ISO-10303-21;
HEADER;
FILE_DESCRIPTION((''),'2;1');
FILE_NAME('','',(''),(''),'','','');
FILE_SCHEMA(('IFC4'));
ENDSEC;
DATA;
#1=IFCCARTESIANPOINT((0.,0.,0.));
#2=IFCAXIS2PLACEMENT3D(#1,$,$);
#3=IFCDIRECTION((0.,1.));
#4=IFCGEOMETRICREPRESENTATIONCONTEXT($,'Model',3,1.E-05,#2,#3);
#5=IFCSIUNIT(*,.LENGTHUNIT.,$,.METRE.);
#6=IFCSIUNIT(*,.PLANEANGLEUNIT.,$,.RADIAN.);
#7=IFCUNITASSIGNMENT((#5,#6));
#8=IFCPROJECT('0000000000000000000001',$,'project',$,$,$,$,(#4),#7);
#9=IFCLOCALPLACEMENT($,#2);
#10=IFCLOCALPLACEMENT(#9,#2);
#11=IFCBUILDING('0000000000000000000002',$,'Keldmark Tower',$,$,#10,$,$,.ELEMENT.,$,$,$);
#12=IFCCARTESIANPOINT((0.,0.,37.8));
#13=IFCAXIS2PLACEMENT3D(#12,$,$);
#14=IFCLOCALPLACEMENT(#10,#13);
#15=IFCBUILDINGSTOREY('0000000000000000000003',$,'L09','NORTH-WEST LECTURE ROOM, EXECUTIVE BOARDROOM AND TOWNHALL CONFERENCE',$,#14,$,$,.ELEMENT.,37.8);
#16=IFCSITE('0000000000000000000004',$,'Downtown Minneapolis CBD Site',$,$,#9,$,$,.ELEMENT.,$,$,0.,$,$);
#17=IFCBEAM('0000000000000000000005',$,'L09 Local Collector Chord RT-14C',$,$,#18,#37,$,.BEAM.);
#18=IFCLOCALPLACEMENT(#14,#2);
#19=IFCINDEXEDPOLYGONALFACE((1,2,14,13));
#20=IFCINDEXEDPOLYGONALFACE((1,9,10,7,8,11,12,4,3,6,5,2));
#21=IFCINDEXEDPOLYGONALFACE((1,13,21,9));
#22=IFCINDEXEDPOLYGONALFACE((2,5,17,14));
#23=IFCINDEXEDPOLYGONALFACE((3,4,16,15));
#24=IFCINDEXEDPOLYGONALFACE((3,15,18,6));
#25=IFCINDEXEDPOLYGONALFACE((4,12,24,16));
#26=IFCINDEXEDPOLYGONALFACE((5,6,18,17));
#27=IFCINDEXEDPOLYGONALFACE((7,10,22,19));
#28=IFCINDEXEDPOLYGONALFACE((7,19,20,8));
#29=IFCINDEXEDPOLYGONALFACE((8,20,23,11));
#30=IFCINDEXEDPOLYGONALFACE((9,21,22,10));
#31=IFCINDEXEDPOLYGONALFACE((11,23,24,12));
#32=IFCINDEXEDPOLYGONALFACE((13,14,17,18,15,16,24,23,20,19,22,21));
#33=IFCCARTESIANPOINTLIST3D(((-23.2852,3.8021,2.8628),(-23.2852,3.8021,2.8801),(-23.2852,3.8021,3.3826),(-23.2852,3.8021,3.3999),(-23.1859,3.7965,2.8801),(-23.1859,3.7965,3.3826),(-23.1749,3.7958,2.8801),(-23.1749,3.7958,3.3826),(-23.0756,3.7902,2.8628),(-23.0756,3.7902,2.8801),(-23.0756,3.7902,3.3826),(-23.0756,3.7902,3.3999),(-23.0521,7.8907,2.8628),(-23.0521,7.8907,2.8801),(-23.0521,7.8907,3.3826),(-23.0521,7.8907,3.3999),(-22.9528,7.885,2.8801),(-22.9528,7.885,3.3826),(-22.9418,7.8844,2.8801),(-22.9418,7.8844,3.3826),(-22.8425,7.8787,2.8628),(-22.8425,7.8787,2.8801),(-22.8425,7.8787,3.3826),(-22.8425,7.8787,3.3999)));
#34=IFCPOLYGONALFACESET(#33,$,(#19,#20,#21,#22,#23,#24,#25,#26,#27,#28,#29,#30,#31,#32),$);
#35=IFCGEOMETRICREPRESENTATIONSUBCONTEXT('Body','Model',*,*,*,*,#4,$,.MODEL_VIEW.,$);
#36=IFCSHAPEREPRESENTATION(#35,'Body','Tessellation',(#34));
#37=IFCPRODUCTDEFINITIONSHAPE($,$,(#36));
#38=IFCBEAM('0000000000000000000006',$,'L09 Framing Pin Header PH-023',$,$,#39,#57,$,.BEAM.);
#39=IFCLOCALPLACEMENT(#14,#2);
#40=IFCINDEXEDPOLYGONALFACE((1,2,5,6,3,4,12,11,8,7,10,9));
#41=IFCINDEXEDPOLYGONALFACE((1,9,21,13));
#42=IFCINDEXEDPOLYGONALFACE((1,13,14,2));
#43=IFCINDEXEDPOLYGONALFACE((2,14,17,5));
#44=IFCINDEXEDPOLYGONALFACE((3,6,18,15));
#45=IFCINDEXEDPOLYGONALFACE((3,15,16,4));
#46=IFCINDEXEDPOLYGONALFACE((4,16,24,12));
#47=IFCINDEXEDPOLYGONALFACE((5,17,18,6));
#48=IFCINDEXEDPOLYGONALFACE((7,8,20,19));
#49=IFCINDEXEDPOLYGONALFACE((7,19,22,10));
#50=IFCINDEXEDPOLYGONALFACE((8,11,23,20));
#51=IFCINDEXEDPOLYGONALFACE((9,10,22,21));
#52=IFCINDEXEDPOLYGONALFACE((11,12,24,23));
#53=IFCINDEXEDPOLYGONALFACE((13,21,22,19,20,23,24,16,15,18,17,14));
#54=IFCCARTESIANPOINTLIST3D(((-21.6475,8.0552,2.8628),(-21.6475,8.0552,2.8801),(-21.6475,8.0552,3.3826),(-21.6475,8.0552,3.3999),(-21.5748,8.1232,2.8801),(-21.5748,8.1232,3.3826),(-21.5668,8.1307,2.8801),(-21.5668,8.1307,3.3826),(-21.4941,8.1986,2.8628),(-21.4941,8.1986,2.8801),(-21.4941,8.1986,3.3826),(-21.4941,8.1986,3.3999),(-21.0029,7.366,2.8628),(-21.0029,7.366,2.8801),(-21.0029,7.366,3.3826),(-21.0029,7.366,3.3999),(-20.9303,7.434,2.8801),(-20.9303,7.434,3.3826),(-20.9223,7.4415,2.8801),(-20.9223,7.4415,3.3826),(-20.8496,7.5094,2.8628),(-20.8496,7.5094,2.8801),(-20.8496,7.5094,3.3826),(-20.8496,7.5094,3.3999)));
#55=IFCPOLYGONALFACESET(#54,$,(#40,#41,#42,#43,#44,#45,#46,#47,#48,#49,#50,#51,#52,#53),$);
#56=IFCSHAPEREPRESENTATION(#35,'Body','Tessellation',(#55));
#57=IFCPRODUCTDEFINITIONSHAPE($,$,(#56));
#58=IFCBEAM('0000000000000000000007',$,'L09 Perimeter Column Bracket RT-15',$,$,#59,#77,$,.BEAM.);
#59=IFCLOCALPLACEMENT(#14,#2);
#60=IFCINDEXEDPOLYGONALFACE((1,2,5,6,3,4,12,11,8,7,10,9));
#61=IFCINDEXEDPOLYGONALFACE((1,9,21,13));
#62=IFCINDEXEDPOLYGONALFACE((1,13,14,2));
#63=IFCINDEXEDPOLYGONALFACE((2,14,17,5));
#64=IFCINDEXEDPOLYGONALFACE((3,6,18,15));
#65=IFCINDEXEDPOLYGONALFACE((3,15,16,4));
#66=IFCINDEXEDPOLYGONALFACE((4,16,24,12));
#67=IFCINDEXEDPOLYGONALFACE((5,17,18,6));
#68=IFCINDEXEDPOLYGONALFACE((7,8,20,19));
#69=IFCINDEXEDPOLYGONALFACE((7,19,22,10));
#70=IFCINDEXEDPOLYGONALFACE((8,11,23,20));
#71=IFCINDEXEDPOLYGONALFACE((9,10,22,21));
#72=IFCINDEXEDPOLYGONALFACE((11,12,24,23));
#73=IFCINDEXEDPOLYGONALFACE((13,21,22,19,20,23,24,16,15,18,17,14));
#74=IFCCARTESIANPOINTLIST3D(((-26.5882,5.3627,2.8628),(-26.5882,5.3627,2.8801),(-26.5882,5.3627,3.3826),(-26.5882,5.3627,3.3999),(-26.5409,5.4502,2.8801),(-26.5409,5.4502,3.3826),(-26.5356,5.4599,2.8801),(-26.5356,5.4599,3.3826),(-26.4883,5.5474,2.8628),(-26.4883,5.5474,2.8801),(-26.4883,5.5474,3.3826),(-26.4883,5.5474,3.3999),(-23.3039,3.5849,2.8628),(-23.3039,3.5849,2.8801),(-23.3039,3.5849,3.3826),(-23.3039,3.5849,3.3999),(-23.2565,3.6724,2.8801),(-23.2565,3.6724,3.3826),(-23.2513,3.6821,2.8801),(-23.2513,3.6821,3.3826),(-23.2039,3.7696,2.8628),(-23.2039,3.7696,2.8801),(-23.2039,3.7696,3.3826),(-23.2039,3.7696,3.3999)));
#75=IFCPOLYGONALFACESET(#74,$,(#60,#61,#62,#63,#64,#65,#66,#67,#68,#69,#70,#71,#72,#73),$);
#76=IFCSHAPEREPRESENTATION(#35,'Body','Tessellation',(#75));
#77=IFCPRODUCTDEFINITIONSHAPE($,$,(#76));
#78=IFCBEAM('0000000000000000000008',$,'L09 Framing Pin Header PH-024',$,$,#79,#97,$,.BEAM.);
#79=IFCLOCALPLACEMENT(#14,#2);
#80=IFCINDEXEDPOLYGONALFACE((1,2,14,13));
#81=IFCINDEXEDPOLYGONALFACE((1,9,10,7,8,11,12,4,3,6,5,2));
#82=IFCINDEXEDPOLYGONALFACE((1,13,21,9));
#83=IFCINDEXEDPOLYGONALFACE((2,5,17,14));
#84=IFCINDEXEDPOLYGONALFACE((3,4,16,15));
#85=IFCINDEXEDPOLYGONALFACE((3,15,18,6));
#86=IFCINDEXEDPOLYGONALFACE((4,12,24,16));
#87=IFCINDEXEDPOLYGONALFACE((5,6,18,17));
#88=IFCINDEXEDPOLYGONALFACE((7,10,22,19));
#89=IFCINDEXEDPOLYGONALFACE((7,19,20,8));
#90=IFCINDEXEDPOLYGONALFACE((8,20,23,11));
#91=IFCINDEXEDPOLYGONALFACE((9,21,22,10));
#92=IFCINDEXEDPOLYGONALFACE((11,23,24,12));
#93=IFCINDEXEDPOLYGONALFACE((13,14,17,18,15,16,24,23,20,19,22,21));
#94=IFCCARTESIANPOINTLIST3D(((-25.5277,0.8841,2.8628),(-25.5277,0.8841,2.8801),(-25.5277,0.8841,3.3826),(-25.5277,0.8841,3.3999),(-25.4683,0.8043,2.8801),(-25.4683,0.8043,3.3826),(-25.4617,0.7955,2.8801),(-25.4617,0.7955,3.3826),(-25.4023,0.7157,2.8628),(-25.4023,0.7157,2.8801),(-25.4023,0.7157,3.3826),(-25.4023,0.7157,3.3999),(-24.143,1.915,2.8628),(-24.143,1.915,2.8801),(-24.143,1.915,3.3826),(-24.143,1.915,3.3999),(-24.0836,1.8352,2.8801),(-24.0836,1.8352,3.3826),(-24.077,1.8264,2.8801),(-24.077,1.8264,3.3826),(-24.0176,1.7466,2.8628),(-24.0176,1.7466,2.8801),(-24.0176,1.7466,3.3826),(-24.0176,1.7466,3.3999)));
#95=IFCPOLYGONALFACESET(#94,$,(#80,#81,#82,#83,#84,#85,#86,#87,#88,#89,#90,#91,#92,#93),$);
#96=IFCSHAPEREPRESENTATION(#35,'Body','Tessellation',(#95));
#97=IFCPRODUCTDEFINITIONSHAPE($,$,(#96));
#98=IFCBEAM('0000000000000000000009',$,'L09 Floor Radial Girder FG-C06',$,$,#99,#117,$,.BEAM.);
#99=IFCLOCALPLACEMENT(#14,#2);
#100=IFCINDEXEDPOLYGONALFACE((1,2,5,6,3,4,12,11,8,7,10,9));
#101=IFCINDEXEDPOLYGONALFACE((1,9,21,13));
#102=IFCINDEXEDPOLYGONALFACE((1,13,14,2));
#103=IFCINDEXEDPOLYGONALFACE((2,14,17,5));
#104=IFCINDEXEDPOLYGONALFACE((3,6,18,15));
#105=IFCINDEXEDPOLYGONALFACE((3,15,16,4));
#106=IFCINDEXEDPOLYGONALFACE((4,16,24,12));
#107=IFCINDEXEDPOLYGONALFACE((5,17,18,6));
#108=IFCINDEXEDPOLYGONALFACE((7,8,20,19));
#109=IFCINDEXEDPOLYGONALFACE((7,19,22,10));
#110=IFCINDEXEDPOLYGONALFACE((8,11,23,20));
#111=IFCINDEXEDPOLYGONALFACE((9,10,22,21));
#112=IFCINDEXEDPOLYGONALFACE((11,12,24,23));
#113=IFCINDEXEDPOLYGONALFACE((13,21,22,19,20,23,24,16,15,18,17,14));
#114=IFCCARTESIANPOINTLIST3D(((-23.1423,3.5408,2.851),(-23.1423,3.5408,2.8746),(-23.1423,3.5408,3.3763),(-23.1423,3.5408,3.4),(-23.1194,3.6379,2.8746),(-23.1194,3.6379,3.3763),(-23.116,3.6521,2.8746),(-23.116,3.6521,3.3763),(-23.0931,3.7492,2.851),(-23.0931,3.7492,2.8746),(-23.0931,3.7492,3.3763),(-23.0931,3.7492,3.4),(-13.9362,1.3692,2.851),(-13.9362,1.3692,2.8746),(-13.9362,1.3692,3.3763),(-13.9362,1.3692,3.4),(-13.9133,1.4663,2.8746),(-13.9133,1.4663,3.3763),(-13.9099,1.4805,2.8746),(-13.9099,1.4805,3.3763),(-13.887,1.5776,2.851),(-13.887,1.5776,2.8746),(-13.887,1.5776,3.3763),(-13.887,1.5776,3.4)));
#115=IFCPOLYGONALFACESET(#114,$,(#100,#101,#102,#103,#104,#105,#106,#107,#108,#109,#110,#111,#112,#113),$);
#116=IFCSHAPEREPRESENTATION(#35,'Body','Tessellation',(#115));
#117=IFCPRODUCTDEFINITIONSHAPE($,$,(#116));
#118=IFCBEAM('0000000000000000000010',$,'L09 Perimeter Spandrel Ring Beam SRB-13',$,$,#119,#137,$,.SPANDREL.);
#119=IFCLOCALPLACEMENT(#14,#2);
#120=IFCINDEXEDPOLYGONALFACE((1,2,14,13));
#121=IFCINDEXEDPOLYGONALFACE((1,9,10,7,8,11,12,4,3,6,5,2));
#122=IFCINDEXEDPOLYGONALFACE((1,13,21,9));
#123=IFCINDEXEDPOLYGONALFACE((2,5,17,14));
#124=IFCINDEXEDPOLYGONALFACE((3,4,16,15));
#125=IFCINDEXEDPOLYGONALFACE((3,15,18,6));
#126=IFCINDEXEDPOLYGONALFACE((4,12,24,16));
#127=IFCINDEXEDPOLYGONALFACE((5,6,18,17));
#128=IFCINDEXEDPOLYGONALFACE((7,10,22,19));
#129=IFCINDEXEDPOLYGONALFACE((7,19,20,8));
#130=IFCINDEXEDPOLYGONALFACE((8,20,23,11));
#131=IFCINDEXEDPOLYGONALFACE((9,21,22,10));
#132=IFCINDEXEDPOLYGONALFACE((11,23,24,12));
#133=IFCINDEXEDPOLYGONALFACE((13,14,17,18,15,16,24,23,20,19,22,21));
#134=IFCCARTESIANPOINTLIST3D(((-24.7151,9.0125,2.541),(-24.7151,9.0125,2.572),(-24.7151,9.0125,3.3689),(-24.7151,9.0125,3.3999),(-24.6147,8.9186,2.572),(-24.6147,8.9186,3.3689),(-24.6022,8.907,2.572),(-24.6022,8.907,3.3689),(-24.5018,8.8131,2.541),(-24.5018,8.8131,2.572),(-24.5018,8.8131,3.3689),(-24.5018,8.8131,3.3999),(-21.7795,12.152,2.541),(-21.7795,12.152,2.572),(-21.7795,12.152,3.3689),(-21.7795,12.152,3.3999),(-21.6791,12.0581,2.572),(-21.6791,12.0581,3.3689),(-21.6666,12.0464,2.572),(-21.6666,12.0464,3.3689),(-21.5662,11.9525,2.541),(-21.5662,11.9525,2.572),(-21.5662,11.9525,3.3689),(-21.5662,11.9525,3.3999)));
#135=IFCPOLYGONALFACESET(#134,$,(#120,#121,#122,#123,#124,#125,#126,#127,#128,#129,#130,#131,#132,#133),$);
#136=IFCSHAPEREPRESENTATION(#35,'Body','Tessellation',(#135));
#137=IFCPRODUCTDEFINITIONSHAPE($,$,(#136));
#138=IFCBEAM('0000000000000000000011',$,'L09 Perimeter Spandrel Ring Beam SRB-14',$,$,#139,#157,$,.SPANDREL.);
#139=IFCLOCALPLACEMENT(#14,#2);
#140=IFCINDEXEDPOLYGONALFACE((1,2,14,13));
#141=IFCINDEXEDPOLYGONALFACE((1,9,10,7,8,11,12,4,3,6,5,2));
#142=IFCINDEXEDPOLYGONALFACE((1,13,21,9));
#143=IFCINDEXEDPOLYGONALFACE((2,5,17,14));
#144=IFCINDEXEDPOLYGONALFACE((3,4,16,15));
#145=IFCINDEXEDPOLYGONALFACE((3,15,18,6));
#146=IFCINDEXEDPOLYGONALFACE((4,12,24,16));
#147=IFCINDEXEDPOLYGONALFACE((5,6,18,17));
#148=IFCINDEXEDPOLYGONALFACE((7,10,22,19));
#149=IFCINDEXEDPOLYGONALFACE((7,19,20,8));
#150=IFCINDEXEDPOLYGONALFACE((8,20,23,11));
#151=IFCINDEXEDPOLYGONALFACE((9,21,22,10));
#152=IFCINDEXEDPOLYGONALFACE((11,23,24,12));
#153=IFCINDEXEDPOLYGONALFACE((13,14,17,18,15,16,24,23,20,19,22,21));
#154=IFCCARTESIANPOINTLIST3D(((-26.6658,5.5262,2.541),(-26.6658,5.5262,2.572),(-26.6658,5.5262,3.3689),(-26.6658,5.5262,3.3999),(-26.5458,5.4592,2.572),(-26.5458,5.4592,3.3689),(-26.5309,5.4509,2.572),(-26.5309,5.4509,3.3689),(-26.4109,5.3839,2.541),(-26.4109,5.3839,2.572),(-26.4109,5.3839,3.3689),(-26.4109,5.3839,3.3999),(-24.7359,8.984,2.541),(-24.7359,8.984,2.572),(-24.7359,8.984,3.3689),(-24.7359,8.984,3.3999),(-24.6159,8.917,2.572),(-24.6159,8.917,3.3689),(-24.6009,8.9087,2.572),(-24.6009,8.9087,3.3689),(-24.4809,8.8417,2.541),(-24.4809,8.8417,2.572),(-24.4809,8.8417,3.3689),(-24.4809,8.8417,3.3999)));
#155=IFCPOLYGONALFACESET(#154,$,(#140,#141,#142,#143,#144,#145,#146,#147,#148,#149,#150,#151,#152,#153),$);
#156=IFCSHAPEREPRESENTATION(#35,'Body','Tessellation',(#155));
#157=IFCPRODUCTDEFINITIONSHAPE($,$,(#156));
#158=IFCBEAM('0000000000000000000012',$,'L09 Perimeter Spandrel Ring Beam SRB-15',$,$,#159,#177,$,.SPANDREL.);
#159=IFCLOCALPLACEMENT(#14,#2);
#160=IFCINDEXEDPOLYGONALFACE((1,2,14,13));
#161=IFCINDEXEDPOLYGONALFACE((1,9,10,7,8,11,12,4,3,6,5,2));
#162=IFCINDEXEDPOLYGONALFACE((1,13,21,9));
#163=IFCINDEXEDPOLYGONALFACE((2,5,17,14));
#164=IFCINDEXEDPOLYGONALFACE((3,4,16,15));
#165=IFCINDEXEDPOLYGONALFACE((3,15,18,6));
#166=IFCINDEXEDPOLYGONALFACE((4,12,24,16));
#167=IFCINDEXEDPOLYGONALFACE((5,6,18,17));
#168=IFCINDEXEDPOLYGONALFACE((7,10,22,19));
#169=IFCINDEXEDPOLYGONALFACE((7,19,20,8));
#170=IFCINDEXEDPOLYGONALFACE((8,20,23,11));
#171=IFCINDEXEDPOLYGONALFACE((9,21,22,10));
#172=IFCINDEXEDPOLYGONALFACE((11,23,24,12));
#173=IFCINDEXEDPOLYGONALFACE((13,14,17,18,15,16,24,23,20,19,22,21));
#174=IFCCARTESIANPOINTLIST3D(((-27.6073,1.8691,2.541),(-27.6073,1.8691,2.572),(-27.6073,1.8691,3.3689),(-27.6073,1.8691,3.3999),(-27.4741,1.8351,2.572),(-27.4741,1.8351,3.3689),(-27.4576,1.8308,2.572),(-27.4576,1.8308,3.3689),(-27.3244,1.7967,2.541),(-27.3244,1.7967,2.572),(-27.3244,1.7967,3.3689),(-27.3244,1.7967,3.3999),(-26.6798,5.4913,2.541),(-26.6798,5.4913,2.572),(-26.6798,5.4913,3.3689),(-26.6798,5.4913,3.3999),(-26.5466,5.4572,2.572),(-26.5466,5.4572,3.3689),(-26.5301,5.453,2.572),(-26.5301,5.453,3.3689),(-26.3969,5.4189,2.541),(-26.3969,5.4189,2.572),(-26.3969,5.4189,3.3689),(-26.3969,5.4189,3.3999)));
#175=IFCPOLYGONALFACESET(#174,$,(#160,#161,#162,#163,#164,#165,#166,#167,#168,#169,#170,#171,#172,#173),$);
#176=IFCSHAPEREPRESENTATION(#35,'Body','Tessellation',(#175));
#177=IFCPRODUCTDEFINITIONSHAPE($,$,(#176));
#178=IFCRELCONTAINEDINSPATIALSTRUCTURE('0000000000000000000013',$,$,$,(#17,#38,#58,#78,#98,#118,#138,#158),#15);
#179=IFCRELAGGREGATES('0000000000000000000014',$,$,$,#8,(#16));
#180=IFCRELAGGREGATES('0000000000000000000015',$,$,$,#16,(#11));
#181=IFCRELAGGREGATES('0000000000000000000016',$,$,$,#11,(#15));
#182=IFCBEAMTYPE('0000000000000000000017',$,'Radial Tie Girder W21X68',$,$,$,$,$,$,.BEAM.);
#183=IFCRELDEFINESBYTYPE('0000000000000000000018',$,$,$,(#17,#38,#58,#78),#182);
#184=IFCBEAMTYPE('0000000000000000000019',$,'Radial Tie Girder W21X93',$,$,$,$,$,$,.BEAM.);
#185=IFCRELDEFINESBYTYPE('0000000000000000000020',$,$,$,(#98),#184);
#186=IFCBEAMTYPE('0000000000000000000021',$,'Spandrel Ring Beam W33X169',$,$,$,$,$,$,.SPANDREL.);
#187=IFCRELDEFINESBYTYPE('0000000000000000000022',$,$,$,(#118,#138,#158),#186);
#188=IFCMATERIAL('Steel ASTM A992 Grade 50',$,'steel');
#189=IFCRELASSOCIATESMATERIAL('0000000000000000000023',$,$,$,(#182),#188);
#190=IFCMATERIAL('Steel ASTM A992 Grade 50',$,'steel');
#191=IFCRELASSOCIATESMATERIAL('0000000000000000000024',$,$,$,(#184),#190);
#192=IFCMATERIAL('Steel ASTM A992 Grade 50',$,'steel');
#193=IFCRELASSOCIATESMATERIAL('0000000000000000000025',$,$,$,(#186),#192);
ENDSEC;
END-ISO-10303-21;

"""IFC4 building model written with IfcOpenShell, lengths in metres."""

from ifc_helpers import new_model, si_unit, direction, frame, origin, origin_2d, place, context, subcontext, project, spatial, i_section, extrude, material, material_profile, profile_set, type_object, element, save


model = new_model("IFC4")

# Units and contexts
model_context = context("Model", 3, precision=1e-05, world=origin(), true_north=direction((0.0, 1.0)))
body_context = subcontext(model_context, "Body", "Model", "MODEL_VIEW")
ifc_project = project(units=[si_unit("LENGTHUNIT", "METRE"), si_unit("PLANEANGLEUNIT", "RADIAN")], contexts=[model_context])

# Site, building, storey
site_placement = place(None, origin())
site = spatial("IfcSite", under=ifc_project, at=site_placement, Name="Downtown Minneapolis CBD Site", CompositionType="ELEMENT", RefElevation=0.0)
building_placement = place(site_placement, origin())
building = spatial("IfcBuilding", under=site, at=building_placement, Name="Keldmark Tower", CompositionType="ELEMENT")
storey_placement = place(building_placement, frame((0.0, 0.0, 37.8)))
storey = spatial("IfcBuildingStorey", under=building, at=storey_placement, Name="L09", Description="NORTH-WEST LECTURE ROOM, EXECUTIVE BOARDROOM AND TOWNHALL CONFERENCE", CompositionType="ELEMENT", Elevation=37.8)

# Beams
ifc_material_1 = material(Name="Steel ASTM A992 Grade 50", Category="steel")
ifc_material_profile_1 = material_profile(ifc_material_1, i_section(OverallWidth=0.21, OverallDepth=0.5371, WebThickness=0.011, FlangeThickness=0.0173, at=origin_2d()), Name="W21X68")
ifc_profile_set_1 = profile_set([ifc_material_profile_1], Name="Steel ASTM A992 Grade 50")
beam_type_1 = type_object("IfcBeamType", Name="Radial Tie Girder W21X68", PredefinedType="BEAM", material=ifc_profile_set_1)
beam_1_placement = place(storey_placement, frame((-23.1804, 3.7961, 3.1313), z_axis=(0.056933, 0.998378, 0.0), x_axis=(-0.998378, 0.056933, 0.0)))
element("IfcBeam", 1, at=beam_1_placement, inside=storey, type_object=beam_type_1, Name="L09 Local Collector Chord RT-14C", PredefinedType="BEAM", context=body_context, shape_type="SweptSolid", body=[
    extrude(i_section(OverallWidth=0.21, OverallDepth=0.5371, WebThickness=0.011, FlangeThickness=0.0173, at=origin_2d()), origin(), (0.0, 0.0, 1.0), 4.0952),
])
beam_2_placement = place(storey_placement, frame((-20.9263, 7.4377, 3.1313), z_axis=(-0.683037, 0.730384, 0.0), x_axis=(-0.730384, -0.683037, 0.0)))
element("IfcBeam", 2, at=beam_2_placement, inside=storey, type_object=beam_type_1, Name="L09 Framing Pin Header PH-023", PredefinedType="BEAM", context=body_context, shape_type="SweptSolid", body=[
    extrude(i_section(OverallWidth=0.21, OverallDepth=0.5371, WebThickness=0.011, FlangeThickness=0.0173, at=origin_2d()), origin(), (0.0, 0.0, 1.0), 0.9436),
])
beam_3_placement = place(storey_placement, frame((-23.2539, 3.6772, 3.1313), z_axis=(-0.87943, 0.476028, 0.0), x_axis=(-0.476028, -0.87943, 0.0)))
element("IfcBeam", 3, at=beam_3_placement, inside=storey, type_object=beam_type_1, Name="L09 Perimeter Column Bracket RT-15", PredefinedType="BEAM", context=body_context, shape_type="SweptSolid", body=[
    extrude(i_section(OverallWidth=0.21, OverallDepth=0.5371, WebThickness=0.011, FlangeThickness=0.0173, at=origin_2d()), origin(), (0.0, 0.0, 1.0), 3.7346),
])
beam_4_placement = place(storey_placement, frame((-24.0803, 1.8308, 3.1313), z_axis=(-0.802099, -0.597191, 0.0), x_axis=(0.597191, -0.802099, 0.0)))
element("IfcBeam", 4, at=beam_4_placement, inside=storey, type_object=beam_type_1, Name="L09 Framing Pin Header PH-024", PredefinedType="BEAM", context=body_context, shape_type="SweptSolid", body=[
    extrude(i_section(OverallWidth=0.21, OverallDepth=0.5371, WebThickness=0.011, FlangeThickness=0.0173, at=origin_2d()), origin(), (0.0, 0.0, 1.0), 1.7263),
])
ifc_material_2 = material(Name="Steel ASTM A992 Grade 50", Category="steel")
ifc_material_profile_2 = material_profile(ifc_material_2, i_section(OverallWidth=0.2141, OverallDepth=0.5491, WebThickness=0.0146, FlangeThickness=0.0237, at=origin_2d()), Name="W21X93")
ifc_profile_set_2 = profile_set([ifc_material_profile_2], Name="Steel ASTM A992 Grade 50")
beam_type_2 = type_object("IfcBeamType", Name="Radial Tie Girder W21X93", PredefinedType="BEAM", material=ifc_profile_set_2)
beam_5_placement = place(storey_placement, frame((-23.1177, 3.645, 3.1255), z_axis=(0.973287, -0.22959, 0.0), x_axis=(0.22959, 0.973287, 0.0)))
element("IfcBeam", 5, at=beam_5_placement, inside=storey, type_object=beam_type_2, Name="L09 Floor Radial Girder FG-C06", PredefinedType="BEAM", context=body_context, shape_type="SweptSolid", body=[
    extrude(i_section(OverallWidth=0.2141, OverallDepth=0.5491, WebThickness=0.0146, FlangeThickness=0.0237, at=origin_2d()), origin(), (0.0, 0.0, 1.0), 9.4587),
])
ifc_material_3 = material(Name="Steel ASTM A992 Grade 50", Category="steel")
ifc_material_profile_3 = material_profile(ifc_material_3, i_section(OverallWidth=0.292, OverallDepth=0.8589, WebThickness=0.0171, FlangeThickness=0.031, at=origin_2d()), Name="W33X169")
ifc_profile_set_3 = profile_set([ifc_material_profile_3], Name="Steel ASTM A992 Grade 50")
beam_type_3 = type_object("IfcBeamType", Name="Spandrel Ring Beam W33X169", PredefinedType="SPANDREL", material=ifc_profile_set_3)
beam_6_placement = place(storey_placement, frame((-21.6729, 12.0522, 2.9705), z_axis=(-0.682994, -0.730424, 0.0), x_axis=(0.730424, -0.682994, 0.0)))
element("IfcBeam", 6, at=beam_6_placement, inside=storey, type_object=beam_type_3, Name="L09 Perimeter Spandrel Ring Beam SRB-13", PredefinedType="SPANDREL", context=body_context, shape_type="SweptSolid", body=[
    extrude(i_section(OverallWidth=0.292, OverallDepth=0.8589, WebThickness=0.0171, FlangeThickness=0.031, at=origin_2d()), origin(), (0.0, 0.0, 1.0), 4.2981),
])
beam_7_placement = place(storey_placement, frame((-24.6084, 8.9128, 2.9705), z_axis=(-0.487369, -0.873196, 0.0), x_axis=(0.873196, -0.487369, 0.0)))
element("IfcBeam", 7, at=beam_7_placement, inside=storey, type_object=beam_type_3, Name="L09 Perimeter Spandrel Ring Beam SRB-14", PredefinedType="SPANDREL", context=body_context, shape_type="SweptSolid", body=[
    extrude(i_section(OverallWidth=0.292, OverallDepth=0.8589, WebThickness=0.0171, FlangeThickness=0.031, at=origin_2d()), origin(), (0.0, 0.0, 1.0), 3.96),
])
beam_8_placement = place(storey_placement, frame((-26.5383, 5.4551, 2.9705), z_axis=(-0.248063, -0.968744, 0.0), x_axis=(0.968744, -0.248063, 0.0)))
element("IfcBeam", 8, at=beam_8_placement, inside=storey, type_object=beam_type_3, Name="L09 Perimeter Spandrel Ring Beam SRB-15", PredefinedType="SPANDREL", context=body_context, shape_type="SweptSolid", body=[
    extrude(i_section(OverallWidth=0.292, OverallDepth=0.8589, WebThickness=0.0171, FlangeThickness=0.031, at=origin_2d()), origin(), (0.0, 0.0, 1.0), 3.739),
])

save(model, "model.ifc")
